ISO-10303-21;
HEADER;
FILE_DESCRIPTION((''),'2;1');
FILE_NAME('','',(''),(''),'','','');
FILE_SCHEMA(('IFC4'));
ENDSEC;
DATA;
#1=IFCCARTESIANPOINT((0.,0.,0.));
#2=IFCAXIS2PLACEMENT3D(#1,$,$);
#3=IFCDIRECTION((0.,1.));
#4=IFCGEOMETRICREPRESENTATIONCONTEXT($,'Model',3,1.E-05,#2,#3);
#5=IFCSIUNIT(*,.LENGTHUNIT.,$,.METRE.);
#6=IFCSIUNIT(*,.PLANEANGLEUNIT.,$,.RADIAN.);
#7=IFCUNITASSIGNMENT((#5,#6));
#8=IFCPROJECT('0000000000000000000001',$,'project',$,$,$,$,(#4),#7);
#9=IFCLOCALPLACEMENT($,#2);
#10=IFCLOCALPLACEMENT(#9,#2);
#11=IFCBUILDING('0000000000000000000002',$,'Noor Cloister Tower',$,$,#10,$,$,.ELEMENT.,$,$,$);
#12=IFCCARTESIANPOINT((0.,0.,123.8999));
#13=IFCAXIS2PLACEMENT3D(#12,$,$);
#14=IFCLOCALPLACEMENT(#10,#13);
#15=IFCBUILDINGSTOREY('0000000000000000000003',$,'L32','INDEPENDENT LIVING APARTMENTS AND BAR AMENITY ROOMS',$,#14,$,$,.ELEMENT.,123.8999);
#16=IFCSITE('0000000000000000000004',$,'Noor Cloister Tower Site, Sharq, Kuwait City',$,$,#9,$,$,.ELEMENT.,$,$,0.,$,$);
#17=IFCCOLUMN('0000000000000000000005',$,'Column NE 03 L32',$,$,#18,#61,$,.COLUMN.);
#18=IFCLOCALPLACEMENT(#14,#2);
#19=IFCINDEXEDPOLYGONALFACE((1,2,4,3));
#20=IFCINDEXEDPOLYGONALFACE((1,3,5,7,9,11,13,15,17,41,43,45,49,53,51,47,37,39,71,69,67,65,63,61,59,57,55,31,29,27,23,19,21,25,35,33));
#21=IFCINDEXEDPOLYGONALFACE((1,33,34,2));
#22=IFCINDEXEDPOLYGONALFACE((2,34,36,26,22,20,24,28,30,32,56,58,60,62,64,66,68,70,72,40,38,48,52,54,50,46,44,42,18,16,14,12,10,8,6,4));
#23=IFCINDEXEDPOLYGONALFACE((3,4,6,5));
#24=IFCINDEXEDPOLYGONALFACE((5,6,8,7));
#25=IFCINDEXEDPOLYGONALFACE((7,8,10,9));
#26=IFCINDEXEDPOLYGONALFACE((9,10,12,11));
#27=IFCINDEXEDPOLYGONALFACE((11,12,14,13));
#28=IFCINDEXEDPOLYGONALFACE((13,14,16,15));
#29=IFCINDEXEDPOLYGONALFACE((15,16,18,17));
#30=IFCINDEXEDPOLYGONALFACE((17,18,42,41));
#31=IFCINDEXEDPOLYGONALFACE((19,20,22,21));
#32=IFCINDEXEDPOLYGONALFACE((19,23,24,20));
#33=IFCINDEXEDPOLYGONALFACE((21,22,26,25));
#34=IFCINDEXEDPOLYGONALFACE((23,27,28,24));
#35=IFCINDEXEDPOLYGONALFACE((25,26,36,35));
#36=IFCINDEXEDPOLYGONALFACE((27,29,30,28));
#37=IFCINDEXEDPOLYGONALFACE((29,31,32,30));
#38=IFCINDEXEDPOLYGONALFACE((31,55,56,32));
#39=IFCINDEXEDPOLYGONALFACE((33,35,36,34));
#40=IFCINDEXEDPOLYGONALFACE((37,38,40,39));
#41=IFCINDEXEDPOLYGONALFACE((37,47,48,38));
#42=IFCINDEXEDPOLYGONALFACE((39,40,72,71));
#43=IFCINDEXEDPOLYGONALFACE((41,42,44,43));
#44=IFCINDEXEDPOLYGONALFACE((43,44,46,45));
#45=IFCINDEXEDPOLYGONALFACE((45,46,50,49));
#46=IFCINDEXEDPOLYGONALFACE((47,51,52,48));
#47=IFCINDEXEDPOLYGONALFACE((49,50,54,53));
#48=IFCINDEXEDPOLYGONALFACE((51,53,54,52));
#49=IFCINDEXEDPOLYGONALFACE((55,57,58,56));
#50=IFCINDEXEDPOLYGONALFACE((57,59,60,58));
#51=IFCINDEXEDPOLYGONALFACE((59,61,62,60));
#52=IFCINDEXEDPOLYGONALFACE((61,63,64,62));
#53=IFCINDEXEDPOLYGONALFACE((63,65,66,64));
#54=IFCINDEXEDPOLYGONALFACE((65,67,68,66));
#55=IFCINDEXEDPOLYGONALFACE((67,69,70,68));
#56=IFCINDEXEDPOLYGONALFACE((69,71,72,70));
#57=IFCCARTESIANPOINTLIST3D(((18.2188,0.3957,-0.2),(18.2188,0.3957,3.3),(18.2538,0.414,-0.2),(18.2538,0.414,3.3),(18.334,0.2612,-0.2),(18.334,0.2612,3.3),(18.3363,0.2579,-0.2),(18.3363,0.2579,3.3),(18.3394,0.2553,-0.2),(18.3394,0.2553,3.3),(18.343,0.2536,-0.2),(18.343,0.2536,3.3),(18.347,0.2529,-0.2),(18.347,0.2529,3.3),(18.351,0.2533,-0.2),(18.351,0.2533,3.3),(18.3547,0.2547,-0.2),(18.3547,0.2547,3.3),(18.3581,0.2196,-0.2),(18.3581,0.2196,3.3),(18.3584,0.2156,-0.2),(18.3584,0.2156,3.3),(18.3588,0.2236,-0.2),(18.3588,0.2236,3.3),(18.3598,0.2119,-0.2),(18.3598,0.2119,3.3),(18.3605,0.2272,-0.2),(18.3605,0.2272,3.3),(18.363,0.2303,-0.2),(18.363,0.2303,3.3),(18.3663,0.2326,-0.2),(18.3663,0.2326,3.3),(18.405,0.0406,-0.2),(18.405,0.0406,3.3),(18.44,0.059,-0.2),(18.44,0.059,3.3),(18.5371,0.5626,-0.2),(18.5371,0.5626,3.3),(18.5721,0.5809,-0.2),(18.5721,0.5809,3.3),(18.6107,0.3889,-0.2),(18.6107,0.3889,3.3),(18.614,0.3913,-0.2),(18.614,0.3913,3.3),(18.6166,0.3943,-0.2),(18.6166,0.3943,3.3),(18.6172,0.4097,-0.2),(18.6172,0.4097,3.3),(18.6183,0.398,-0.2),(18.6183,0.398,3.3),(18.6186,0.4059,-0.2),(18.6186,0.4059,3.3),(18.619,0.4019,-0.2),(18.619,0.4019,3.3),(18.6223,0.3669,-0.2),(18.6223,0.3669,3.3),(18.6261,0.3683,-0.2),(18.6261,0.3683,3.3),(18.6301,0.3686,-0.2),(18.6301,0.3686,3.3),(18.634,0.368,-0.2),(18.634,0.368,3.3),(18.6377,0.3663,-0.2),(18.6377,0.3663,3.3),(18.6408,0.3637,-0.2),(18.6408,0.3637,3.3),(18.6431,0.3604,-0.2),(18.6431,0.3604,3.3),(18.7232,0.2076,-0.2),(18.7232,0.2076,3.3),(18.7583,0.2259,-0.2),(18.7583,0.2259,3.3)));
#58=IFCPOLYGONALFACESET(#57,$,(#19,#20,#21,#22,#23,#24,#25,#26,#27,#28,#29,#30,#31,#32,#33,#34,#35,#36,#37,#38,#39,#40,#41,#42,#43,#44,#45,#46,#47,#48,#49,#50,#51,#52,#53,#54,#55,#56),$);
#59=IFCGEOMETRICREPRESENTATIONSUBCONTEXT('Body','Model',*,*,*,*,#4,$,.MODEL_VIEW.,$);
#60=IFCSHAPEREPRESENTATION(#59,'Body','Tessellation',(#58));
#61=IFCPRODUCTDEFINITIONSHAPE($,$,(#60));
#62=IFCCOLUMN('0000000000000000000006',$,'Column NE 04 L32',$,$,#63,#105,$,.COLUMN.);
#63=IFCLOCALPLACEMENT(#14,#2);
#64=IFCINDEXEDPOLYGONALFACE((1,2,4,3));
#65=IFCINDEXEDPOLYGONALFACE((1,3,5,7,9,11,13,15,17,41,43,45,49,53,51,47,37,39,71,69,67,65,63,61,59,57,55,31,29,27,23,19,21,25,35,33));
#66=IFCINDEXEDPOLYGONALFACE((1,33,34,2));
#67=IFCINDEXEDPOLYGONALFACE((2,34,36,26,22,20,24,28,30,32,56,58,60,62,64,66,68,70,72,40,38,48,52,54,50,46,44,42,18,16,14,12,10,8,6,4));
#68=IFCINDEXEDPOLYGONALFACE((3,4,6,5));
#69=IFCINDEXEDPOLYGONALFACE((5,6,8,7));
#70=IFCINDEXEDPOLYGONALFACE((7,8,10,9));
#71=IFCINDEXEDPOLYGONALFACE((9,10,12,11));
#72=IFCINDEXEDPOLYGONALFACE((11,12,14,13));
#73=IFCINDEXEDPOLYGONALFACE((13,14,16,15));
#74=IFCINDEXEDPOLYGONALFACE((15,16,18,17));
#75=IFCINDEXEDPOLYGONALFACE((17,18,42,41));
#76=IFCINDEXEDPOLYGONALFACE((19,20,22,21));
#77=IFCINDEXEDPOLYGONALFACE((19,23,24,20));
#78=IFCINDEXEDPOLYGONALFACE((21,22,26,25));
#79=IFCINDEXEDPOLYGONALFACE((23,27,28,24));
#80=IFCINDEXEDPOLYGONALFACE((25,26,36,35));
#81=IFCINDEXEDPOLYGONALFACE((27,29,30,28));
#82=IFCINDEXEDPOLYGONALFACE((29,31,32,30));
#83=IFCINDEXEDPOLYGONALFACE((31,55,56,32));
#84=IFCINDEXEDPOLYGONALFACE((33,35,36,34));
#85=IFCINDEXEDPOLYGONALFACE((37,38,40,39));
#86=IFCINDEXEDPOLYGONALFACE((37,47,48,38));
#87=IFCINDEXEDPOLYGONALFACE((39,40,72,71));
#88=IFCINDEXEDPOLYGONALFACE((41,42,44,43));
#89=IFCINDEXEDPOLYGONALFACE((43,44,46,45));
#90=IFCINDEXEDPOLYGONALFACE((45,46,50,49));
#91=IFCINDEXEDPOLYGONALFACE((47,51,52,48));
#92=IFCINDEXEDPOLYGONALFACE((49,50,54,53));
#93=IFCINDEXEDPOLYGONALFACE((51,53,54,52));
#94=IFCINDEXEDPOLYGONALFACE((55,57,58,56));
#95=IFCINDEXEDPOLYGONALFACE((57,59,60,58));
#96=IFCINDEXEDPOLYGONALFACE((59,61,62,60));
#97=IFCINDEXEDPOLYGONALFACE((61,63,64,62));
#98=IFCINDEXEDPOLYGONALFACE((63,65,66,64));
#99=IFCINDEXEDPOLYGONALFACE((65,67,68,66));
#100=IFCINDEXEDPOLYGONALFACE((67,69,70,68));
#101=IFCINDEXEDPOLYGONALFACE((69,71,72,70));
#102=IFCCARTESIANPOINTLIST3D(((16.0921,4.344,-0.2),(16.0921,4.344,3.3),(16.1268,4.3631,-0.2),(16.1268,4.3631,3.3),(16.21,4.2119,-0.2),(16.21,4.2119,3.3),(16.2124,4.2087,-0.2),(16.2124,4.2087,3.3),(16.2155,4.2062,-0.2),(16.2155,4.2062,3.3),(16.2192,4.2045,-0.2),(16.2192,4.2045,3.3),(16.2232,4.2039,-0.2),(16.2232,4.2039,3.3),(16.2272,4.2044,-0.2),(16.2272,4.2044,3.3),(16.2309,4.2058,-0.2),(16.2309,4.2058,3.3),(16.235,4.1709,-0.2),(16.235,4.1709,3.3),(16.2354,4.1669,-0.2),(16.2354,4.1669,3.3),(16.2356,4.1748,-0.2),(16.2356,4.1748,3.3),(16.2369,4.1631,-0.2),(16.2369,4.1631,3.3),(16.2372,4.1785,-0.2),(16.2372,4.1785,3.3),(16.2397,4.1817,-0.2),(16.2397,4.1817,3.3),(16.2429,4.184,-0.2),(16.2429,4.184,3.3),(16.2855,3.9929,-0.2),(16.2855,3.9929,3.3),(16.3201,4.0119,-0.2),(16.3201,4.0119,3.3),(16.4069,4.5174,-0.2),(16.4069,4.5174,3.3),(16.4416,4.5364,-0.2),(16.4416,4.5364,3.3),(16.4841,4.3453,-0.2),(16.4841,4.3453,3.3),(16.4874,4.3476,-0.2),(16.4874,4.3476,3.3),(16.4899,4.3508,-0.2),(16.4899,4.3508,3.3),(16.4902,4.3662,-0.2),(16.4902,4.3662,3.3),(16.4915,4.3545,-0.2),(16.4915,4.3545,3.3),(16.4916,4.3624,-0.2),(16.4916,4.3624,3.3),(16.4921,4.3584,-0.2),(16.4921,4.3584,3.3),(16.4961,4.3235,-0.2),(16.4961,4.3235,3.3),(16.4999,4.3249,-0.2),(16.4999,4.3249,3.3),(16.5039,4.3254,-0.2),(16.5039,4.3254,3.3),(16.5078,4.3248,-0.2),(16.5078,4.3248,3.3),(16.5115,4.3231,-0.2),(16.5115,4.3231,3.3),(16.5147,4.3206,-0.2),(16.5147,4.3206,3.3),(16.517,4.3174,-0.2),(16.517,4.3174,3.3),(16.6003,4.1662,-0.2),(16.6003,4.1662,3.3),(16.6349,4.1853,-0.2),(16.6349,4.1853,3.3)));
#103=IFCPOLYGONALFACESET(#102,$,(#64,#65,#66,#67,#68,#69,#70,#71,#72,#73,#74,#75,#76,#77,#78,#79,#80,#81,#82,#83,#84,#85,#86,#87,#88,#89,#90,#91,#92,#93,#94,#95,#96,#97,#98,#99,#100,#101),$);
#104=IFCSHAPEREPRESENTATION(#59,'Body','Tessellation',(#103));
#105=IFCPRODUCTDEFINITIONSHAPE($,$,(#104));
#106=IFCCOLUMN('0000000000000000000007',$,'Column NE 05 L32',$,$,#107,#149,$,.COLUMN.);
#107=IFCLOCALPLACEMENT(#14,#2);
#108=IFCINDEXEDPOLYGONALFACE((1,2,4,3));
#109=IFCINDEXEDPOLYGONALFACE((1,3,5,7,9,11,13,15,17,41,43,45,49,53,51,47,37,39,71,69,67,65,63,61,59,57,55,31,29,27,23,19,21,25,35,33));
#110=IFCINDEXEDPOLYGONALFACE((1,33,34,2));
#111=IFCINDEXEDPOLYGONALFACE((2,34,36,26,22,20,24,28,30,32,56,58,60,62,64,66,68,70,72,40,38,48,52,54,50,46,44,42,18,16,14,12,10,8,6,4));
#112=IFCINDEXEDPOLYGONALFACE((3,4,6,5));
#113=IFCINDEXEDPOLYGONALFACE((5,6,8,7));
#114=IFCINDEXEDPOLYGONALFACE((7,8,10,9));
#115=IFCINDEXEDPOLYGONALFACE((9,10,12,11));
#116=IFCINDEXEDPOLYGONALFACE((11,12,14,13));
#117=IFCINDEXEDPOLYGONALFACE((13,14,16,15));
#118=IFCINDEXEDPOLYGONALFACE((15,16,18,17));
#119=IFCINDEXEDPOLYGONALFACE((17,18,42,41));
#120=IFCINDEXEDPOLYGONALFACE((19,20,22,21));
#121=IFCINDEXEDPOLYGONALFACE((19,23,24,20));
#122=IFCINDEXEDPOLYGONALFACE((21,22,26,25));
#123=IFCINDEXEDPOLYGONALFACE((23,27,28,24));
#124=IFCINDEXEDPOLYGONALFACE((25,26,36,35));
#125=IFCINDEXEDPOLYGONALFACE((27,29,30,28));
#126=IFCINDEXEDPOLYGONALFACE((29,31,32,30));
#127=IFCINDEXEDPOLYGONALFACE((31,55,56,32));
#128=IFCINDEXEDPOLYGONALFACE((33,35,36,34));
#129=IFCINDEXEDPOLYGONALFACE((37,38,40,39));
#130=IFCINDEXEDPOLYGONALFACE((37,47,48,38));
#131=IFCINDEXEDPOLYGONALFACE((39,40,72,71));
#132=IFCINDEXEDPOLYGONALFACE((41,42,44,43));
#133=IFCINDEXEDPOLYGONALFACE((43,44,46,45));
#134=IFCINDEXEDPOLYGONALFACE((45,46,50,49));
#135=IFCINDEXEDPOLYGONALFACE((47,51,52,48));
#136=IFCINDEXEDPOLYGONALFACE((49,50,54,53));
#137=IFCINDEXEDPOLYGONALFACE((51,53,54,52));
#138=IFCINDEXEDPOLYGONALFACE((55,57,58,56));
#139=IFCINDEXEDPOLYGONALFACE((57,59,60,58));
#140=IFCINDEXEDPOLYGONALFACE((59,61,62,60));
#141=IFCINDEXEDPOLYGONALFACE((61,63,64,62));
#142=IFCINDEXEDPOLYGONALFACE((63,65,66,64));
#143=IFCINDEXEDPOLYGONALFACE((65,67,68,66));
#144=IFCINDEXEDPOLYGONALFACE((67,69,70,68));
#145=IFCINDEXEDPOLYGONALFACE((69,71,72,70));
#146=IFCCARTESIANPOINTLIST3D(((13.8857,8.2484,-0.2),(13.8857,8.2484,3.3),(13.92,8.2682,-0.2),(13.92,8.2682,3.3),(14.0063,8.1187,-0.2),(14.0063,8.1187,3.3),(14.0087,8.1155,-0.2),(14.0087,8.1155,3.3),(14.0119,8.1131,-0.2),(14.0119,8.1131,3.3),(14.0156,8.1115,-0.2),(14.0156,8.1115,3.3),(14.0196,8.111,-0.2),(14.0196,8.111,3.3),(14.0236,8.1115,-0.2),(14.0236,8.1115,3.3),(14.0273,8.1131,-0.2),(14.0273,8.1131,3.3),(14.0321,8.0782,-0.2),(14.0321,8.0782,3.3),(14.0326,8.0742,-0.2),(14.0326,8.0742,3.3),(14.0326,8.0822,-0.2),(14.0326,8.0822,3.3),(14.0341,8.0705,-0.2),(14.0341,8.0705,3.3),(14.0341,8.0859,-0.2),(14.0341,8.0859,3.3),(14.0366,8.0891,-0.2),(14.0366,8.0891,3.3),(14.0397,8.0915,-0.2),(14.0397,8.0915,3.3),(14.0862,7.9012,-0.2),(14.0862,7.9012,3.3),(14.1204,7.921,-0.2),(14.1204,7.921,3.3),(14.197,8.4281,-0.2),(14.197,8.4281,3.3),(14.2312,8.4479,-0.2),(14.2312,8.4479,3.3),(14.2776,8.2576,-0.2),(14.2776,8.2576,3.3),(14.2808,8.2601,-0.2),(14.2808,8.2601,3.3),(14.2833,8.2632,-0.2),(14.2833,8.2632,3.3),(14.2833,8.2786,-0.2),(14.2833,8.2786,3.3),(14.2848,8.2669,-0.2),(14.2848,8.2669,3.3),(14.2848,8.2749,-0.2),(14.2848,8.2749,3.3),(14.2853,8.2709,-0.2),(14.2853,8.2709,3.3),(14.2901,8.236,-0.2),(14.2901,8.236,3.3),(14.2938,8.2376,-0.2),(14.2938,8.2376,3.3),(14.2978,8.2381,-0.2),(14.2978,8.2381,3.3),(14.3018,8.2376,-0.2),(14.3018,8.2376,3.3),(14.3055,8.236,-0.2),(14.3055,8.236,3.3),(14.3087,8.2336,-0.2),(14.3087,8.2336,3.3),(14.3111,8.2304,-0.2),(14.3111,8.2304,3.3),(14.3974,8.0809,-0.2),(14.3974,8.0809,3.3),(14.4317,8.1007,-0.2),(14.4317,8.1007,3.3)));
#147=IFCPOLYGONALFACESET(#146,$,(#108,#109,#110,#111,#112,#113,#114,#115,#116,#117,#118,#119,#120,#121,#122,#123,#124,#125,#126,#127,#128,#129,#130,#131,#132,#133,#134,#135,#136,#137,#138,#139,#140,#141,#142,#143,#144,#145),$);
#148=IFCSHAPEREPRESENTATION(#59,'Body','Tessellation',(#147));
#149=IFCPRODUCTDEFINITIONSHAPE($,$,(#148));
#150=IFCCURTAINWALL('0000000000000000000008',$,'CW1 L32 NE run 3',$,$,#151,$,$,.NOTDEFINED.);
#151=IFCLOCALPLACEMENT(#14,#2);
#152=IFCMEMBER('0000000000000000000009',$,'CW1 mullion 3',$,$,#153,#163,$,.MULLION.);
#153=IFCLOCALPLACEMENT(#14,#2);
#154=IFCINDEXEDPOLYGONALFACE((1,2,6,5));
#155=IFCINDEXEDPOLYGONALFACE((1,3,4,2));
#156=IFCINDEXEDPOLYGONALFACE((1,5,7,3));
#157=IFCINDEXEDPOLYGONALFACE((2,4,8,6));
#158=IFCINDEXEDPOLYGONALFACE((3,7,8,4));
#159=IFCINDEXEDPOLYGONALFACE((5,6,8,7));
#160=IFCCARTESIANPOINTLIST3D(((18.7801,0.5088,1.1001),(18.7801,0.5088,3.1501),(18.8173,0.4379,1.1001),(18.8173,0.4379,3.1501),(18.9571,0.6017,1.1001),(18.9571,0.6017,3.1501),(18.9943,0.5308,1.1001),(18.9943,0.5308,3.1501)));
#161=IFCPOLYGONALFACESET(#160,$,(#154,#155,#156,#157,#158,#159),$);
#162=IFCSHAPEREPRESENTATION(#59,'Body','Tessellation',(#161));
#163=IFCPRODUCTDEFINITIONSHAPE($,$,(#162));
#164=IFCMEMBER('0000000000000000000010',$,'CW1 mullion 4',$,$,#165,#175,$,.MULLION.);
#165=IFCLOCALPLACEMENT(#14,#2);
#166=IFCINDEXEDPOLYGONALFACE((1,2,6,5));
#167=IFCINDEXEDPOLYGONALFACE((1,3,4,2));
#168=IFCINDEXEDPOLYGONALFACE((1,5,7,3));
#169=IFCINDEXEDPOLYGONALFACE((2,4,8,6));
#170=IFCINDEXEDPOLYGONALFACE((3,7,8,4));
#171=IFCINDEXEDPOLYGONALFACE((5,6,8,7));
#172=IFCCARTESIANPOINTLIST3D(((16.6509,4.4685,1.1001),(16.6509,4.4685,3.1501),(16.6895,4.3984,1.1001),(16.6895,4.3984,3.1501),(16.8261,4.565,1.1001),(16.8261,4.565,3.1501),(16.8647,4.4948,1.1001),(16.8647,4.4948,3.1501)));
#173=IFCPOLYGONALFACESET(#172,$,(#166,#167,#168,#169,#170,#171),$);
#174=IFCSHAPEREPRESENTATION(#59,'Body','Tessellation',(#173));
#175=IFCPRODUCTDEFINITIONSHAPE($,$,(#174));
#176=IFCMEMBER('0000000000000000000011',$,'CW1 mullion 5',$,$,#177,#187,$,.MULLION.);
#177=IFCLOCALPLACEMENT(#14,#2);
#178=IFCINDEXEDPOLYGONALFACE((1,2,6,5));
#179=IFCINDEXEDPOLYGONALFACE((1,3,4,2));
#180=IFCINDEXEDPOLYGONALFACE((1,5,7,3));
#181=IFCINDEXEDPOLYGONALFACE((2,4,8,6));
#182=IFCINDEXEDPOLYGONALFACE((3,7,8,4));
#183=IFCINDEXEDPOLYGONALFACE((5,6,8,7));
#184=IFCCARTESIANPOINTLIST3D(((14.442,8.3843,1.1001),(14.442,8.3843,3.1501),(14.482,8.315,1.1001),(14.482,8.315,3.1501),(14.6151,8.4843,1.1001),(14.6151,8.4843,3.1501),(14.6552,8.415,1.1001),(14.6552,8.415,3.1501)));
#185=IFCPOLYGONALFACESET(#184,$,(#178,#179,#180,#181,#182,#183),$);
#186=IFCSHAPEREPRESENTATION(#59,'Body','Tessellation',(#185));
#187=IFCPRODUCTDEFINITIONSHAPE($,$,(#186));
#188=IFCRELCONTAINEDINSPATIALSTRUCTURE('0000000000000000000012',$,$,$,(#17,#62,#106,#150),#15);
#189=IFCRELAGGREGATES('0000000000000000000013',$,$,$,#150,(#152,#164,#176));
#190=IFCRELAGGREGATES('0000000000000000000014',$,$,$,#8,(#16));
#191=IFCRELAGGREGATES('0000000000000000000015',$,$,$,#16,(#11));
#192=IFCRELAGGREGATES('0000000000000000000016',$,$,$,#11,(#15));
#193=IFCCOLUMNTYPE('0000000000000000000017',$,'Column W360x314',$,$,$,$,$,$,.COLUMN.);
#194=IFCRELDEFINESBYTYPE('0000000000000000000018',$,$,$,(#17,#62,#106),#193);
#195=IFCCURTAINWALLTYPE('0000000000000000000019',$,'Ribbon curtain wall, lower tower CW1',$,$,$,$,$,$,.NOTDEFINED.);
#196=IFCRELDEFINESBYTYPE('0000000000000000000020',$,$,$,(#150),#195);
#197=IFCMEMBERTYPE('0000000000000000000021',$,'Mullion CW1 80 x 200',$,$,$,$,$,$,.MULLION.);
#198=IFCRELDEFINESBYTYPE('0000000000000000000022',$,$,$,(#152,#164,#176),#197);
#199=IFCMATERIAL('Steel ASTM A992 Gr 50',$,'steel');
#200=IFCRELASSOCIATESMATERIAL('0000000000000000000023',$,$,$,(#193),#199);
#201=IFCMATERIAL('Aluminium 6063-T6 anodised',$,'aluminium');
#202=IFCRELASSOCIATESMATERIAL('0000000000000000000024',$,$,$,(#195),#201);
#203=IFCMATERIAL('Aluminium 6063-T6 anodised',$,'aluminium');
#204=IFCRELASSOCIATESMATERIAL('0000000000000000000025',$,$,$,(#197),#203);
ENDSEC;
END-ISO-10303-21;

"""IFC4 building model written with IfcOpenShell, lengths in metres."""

from ifc_helpers import new_model, si_unit, direction, frame, origin, origin_2d, place, context, subcontext, project, spatial, rectangle, i_section, extrude, material, material_profile, profile_set, type_object, element, aggregate, save


model = new_model("IFC4")

# Units and contexts
model_context = context("Model", 3, precision=1e-05, world=origin(), true_north=direction((0.0, 1.0)))
body_context = subcontext(model_context, "Body", "Model", "MODEL_VIEW")
ifc_project = project(units=[si_unit("LENGTHUNIT", "METRE"), si_unit("PLANEANGLEUNIT", "RADIAN")], contexts=[model_context])

# Site, building, storey
site_placement = place(None, origin())
site = spatial("IfcSite", under=ifc_project, at=site_placement, Name="Noor Cloister Tower Site, Sharq, Kuwait City", CompositionType="ELEMENT", RefElevation=0.0)
building_placement = place(site_placement, origin())
building = spatial("IfcBuilding", under=site, at=building_placement, Name="Noor Cloister Tower", CompositionType="ELEMENT")
storey_placement = place(building_placement, frame((0.0, 0.0, 123.8999)))
storey = spatial("IfcBuildingStorey", under=building, at=storey_placement, Name="L32", Description="INDEPENDENT LIVING APARTMENTS AND BAR AMENITY ROOMS", CompositionType="ELEMENT", Elevation=123.8999)

# Columns
ifc_material_1 = material(Name="Steel ASTM A992 Gr 50", Category="steel")
ifc_material_profile_1 = material_profile(ifc_material_1, i_section(OverallWidth=0.4009, OverallDepth=0.3989, WebThickness=0.0249, FlangeThickness=0.0396, FilletRadius=0.0154, at=origin_2d()), Name="W360x314")
ifc_profile_set_1 = profile_set([ifc_material_profile_1], Name="Steel ASTM A992 Gr 50")
column_type = type_object("IfcColumnType", Name="Column W360x314", PredefinedType="COLUMN", material=ifc_profile_set_1)
for number, where, z_axis, x_axis, name in (
    (1, (18.4885, 0.3108, -0.2), (0.0, 0.0, 1.0), (-0.464446, 0.885601, 0.0), "Column NE 03 L32"),
    (2, (16.3635, 4.2646, -0.2), (0.0, 0.0, 1.0), (-0.482322, 0.875994, 0.0), "Column NE 04 L32"),
    (3, (14.1587, 8.1746, -0.2), (0.0, 0.0, 1.0), (-0.5, 0.866025, 0.0), "Column NE 05 L32"),
):
    element("IfcColumn", number, at=place(storey_placement, frame(where, z_axis=z_axis, x_axis=x_axis)), inside=storey, type_object=column_type, Name=name, PredefinedType="COLUMN", context=body_context, shape_type="SweptSolid", body=[
        extrude(i_section(OverallWidth=0.4009, OverallDepth=0.3989, WebThickness=0.0249, FlangeThickness=0.0396, FilletRadius=0.0154, at=origin_2d()), origin(), (0.0, 0.0, 1.0), 3.5),
    ])

# Curtain wall, members
ifc_material_2 = material(Name="Aluminium 6063-T6 anodised", Category="aluminium")
curtain_wall_type = type_object("IfcCurtainWallType", Name="Ribbon curtain wall, lower tower CW1", PredefinedType="NOTDEFINED", material=ifc_material_2)
curtain_wall_placement = place(storey_placement, origin())
curtain_wall = element("IfcCurtainWall", 4, at=curtain_wall_placement, inside=storey, type_object=curtain_wall_type, Name="CW1 L32 NE run 3", PredefinedType="NOTDEFINED")
ifc_material_3 = material(Name="Aluminium 6063-T6 anodised", Category="aluminium")
ifc_material_profile_2 = material_profile(ifc_material_3, rectangle(XDim=0.2, YDim=0.0801, at=origin_2d()), Name="200 x 80 mullion")
ifc_profile_set_2 = profile_set([ifc_material_profile_2], Name="Aluminium 6063-T6 anodised")
member_type = type_object("IfcMemberType", Name="Mullion CW1 80 x 200", PredefinedType="MULLION", material=ifc_profile_set_2)
member_1_placement = place(storey_placement, frame((18.8872, 0.5198, 1.1001), z_axis=(0.0, 0.0, 1.0), x_axis=(-0.885601, -0.464446, 0.0)))
member_1 = element("IfcMember", 5, at=member_1_placement, type_object=member_type, Name="CW1 mullion 3", PredefinedType="MULLION", context=body_context, shape_type="SweptSolid", body=[
    extrude(rectangle(XDim=0.2, YDim=0.0801, at=origin_2d()), origin(), (0.0, 0.0, 1.0), 2.05),
])
member_2_placement = place(storey_placement, frame((16.7578, 4.4817, 1.1001), z_axis=(0.0, 0.0, 1.0), x_axis=(-0.875994, -0.482322, 0.0)))
member_2 = element("IfcMember", 6, at=member_2_placement, type_object=member_type, Name="CW1 mullion 4", PredefinedType="MULLION", context=body_context, shape_type="SweptSolid", body=[
    extrude(rectangle(XDim=0.2, YDim=0.0801, at=origin_2d()), origin(), (0.0, 0.0, 1.0), 2.05),
])
member_3_placement = place(storey_placement, frame((14.5486, 8.3997, 1.1001), z_axis=(0.0, 0.0, 1.0), x_axis=(-0.866025, -0.5, 0.0)))
member_3 = element("IfcMember", 7, at=member_3_placement, type_object=member_type, Name="CW1 mullion 5", PredefinedType="MULLION", context=body_context, shape_type="SweptSolid", body=[
    extrude(rectangle(XDim=0.2, YDim=0.0801, at=origin_2d()), origin(), (0.0, 0.0, 1.0), 2.05),
])

aggregate(curtain_wall, [member_1, member_2, member_3])

save(model, "model.ifc")
